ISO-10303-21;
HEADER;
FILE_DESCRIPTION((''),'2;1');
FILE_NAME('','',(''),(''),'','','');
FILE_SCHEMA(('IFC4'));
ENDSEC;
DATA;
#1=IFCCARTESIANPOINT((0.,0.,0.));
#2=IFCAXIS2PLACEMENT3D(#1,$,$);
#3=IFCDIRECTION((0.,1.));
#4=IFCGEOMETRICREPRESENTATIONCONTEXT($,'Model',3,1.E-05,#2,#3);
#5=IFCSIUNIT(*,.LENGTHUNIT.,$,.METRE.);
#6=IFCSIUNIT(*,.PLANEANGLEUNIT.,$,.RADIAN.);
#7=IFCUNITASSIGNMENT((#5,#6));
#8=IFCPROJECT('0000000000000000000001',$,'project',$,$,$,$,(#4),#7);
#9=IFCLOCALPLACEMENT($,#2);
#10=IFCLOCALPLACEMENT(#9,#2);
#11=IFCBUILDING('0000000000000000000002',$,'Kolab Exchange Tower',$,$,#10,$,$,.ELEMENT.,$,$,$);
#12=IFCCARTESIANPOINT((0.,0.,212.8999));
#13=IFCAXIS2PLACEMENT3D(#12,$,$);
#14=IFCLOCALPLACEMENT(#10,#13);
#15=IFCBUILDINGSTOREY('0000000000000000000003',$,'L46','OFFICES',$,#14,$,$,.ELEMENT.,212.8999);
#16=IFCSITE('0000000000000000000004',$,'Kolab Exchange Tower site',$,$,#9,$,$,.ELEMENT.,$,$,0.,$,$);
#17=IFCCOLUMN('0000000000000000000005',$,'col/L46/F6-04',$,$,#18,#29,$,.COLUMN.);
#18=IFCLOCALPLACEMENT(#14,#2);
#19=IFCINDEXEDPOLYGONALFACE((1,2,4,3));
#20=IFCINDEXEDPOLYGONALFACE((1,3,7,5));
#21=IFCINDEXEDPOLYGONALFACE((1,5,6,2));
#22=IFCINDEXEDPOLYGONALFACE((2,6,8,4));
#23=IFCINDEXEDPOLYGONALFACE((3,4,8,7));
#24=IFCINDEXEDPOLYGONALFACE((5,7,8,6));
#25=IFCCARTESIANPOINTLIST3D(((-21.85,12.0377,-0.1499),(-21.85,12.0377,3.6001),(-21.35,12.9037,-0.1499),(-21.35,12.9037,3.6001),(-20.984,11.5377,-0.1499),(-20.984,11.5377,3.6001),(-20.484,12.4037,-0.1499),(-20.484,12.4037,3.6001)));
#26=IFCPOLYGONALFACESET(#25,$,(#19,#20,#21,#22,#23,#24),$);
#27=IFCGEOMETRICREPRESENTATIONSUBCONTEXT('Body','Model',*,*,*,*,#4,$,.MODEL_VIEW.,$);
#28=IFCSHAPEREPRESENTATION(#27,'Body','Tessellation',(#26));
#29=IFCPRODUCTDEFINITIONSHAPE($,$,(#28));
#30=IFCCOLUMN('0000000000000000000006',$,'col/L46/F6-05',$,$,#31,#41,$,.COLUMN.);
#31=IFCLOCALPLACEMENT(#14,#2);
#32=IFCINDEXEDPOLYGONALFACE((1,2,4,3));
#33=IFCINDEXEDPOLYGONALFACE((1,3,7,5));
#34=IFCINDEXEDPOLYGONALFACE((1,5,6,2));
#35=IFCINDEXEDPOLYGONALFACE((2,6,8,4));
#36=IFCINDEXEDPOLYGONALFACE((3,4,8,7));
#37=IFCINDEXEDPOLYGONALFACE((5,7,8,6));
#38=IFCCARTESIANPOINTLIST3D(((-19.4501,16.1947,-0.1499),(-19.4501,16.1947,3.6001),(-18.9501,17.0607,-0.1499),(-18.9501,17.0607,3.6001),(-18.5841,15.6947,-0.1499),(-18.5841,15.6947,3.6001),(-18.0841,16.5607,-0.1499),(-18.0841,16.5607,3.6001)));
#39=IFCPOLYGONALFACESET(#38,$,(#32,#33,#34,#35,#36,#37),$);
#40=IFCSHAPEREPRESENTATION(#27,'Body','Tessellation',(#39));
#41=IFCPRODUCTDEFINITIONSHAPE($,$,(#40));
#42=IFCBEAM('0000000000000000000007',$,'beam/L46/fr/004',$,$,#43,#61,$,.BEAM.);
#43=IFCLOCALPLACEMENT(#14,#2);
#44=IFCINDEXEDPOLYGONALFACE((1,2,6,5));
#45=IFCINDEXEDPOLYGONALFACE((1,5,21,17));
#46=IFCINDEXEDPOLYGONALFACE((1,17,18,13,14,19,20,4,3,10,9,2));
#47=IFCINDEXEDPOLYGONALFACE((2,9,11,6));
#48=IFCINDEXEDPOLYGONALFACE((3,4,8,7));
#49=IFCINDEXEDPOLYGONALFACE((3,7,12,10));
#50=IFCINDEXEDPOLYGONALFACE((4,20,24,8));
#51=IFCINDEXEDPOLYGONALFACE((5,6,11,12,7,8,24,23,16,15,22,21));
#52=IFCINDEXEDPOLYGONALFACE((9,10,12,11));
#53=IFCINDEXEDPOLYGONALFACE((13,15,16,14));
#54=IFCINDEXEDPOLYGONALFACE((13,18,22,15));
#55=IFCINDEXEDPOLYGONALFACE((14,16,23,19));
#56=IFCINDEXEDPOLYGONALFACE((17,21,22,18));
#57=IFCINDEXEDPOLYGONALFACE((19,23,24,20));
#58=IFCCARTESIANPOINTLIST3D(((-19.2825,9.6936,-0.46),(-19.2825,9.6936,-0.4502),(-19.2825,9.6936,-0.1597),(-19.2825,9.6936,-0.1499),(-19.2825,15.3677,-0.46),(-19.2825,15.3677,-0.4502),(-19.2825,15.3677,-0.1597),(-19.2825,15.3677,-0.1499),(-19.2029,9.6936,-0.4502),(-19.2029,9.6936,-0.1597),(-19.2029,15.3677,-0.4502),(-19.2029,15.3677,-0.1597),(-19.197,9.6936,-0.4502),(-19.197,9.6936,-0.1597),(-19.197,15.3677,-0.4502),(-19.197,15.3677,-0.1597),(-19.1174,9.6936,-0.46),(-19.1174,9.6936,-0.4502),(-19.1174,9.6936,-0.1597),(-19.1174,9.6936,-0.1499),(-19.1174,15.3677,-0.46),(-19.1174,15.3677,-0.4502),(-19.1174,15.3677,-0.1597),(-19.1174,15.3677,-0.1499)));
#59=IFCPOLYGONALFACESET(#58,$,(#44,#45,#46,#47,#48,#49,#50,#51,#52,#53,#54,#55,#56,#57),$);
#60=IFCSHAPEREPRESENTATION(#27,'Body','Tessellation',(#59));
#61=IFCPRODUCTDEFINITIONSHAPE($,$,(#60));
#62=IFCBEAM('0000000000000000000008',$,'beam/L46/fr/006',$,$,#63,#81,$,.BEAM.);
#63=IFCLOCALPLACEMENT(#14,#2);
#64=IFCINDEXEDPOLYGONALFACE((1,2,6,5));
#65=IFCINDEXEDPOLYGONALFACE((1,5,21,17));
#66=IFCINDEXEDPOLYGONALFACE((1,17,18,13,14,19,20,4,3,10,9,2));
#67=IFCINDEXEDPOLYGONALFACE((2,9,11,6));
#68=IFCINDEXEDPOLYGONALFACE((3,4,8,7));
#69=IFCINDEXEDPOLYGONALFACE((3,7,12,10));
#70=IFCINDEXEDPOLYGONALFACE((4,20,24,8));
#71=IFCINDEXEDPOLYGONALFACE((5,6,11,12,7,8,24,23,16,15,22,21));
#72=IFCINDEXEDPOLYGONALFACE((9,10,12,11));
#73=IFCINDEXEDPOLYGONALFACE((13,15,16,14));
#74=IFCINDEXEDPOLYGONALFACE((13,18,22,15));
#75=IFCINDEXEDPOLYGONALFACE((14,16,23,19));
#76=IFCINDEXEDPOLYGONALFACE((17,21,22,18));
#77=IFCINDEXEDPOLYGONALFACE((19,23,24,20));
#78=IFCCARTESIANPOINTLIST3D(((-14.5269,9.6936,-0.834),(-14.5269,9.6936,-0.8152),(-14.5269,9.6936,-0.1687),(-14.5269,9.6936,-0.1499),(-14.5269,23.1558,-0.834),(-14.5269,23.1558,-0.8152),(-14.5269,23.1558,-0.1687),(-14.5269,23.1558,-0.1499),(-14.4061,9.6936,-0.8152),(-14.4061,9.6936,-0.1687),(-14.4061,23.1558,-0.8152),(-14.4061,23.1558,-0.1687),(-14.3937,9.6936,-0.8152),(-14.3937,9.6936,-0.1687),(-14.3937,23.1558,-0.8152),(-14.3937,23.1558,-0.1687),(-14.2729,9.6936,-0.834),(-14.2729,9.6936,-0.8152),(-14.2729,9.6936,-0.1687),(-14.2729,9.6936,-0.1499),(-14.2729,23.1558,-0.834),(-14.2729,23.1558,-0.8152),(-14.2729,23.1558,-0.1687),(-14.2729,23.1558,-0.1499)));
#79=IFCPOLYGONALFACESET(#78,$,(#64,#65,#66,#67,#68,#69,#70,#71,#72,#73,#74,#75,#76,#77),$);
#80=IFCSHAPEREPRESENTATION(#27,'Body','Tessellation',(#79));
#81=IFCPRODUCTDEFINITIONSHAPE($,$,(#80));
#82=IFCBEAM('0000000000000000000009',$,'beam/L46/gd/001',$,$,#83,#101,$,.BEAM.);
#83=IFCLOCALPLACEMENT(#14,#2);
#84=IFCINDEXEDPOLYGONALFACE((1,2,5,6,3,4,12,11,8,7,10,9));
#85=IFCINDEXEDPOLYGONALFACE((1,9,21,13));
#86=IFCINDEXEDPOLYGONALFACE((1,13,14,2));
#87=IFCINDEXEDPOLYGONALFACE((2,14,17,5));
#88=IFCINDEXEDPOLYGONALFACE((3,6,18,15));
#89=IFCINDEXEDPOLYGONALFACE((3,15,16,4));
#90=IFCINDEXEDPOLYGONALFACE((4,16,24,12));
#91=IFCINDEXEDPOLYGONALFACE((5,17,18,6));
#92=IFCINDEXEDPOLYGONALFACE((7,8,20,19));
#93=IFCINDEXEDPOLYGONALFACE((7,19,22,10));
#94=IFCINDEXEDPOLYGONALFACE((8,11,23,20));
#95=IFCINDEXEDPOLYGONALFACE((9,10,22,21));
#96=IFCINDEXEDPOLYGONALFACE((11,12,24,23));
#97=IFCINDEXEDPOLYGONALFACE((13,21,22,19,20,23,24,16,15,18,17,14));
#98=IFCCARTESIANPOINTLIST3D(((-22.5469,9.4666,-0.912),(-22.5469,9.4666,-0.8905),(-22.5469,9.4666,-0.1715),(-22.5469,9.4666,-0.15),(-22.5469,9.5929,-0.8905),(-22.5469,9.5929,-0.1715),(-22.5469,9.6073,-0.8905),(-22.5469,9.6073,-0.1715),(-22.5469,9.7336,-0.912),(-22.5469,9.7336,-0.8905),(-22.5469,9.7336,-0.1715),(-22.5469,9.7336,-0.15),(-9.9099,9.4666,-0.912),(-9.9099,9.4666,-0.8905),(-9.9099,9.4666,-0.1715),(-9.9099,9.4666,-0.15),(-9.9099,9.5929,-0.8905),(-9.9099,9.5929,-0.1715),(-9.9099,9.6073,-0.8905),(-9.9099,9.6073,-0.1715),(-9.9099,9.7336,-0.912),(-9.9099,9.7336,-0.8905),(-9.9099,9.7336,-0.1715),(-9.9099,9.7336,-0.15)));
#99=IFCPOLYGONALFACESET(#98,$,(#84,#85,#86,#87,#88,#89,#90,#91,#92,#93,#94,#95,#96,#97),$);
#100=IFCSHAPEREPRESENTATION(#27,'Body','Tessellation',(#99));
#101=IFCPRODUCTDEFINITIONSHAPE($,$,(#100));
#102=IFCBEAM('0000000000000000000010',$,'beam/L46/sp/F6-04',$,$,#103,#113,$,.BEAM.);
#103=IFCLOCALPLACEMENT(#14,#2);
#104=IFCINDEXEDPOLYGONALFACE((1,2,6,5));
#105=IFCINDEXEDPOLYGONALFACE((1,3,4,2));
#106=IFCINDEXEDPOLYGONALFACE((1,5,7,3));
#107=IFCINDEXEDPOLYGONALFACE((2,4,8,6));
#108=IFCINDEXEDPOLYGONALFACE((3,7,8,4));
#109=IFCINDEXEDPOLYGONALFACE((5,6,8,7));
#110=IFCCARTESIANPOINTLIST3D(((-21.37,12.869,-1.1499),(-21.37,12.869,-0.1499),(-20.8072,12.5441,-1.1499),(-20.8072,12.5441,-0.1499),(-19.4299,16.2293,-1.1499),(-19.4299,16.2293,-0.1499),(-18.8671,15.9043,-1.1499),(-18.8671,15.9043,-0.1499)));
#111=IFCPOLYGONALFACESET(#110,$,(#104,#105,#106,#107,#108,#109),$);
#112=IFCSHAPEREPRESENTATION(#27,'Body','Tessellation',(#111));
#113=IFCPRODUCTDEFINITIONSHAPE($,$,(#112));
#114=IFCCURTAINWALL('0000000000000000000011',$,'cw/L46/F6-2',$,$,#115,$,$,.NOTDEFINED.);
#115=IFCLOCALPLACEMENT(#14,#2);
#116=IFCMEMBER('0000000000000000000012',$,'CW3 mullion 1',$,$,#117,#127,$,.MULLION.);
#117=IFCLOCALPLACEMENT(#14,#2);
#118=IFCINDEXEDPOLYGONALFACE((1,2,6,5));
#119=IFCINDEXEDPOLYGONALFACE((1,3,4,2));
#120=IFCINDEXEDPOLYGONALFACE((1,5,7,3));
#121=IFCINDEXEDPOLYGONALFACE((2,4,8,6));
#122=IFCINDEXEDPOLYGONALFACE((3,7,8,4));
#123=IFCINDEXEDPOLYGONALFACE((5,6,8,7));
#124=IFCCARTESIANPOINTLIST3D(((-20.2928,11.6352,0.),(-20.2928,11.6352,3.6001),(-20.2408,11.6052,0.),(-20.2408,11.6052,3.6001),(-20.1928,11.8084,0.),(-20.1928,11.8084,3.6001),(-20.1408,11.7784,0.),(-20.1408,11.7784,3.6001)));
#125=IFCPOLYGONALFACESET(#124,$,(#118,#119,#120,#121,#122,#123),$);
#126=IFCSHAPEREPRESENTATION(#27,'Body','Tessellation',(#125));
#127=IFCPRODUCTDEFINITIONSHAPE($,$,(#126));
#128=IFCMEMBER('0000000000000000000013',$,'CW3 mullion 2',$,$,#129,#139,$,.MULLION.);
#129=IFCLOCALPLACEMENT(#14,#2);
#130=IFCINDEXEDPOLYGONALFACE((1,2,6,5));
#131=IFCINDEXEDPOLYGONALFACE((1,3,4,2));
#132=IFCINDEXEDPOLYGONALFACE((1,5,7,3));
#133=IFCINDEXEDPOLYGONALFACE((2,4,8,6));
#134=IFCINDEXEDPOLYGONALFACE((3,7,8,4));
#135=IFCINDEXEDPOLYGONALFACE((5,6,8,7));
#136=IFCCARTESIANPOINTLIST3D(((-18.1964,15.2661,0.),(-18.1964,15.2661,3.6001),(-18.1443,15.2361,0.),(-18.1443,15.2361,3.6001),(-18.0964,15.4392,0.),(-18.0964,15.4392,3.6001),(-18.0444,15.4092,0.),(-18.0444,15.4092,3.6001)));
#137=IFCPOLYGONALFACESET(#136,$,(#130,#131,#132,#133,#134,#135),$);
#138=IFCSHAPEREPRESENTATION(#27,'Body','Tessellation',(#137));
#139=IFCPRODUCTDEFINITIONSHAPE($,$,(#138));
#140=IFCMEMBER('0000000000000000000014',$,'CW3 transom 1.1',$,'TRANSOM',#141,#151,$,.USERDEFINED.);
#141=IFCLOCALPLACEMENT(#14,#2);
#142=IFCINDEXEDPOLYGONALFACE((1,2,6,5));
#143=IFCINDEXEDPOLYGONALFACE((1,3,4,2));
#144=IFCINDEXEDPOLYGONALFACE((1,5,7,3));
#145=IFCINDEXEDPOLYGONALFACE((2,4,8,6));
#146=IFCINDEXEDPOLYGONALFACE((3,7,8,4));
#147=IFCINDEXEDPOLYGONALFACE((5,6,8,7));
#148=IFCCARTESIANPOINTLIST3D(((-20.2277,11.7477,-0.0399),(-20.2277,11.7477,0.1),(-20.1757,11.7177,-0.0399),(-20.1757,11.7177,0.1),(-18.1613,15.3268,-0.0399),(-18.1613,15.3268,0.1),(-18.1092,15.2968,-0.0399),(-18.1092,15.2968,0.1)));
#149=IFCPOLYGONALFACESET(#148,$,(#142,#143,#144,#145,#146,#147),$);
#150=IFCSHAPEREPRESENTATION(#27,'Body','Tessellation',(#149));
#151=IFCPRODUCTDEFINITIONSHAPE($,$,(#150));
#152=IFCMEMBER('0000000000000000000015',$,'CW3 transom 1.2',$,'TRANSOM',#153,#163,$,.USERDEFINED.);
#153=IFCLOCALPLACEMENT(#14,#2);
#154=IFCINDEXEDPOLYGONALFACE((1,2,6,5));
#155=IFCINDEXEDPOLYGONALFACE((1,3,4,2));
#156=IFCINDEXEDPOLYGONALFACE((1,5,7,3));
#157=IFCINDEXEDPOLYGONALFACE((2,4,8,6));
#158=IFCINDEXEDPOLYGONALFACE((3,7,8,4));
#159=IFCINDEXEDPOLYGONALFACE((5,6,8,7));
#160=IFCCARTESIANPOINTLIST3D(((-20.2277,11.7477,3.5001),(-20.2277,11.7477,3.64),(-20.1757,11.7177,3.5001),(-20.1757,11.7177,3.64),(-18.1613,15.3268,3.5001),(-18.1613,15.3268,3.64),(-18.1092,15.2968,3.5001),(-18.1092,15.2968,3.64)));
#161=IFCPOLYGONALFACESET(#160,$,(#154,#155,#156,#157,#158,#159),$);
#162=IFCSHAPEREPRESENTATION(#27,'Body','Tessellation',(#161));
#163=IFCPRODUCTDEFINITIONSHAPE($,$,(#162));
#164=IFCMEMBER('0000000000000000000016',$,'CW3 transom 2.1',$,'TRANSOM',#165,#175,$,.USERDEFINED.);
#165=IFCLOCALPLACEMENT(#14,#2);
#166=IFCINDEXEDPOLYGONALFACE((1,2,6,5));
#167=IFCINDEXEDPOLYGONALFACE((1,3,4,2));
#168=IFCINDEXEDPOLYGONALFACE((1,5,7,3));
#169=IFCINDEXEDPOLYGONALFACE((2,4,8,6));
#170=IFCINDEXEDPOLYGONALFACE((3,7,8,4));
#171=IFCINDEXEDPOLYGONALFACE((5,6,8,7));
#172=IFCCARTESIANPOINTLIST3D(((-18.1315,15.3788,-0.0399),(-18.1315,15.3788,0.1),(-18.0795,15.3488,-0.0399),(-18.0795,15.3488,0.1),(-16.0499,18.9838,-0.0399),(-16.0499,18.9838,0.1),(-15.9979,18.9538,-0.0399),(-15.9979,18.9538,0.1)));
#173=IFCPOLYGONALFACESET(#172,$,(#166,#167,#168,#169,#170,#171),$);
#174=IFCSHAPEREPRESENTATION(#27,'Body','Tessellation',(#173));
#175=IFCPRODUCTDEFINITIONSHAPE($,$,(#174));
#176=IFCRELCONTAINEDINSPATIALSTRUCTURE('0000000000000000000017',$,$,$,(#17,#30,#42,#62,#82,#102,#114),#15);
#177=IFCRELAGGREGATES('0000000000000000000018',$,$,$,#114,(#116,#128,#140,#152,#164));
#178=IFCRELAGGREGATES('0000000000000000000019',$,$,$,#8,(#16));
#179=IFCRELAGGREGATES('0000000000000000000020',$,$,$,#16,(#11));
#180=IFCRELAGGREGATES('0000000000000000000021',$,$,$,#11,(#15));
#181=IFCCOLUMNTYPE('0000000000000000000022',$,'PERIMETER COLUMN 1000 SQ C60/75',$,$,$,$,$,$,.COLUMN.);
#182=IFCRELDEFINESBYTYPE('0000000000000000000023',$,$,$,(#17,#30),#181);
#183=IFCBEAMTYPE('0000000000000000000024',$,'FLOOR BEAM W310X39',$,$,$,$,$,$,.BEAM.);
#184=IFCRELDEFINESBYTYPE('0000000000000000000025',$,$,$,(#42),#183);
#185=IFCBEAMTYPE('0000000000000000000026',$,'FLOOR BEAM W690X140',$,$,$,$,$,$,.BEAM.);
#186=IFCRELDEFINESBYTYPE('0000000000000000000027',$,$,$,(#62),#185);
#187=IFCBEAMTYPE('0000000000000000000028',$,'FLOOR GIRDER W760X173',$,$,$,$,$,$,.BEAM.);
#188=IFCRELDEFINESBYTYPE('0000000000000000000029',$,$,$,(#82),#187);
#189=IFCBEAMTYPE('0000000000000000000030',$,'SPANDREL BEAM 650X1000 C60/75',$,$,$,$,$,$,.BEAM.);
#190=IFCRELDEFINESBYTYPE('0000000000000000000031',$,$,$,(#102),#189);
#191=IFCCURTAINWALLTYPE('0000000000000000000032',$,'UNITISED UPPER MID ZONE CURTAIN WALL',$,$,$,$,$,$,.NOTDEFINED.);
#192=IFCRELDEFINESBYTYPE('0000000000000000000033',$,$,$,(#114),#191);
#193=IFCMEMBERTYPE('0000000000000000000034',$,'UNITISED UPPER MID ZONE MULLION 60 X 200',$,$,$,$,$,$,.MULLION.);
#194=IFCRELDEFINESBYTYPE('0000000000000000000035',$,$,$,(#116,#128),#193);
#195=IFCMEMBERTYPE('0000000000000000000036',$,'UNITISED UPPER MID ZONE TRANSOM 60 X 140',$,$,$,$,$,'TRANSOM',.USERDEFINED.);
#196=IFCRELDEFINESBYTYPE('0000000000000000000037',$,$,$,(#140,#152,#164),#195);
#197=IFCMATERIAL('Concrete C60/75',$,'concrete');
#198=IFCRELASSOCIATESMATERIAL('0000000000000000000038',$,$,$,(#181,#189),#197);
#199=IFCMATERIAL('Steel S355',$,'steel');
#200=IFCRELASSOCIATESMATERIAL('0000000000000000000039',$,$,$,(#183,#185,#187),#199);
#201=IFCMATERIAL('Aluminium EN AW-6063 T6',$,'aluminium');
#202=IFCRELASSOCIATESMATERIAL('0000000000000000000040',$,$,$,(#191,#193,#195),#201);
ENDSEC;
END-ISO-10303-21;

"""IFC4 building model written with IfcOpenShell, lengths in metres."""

from ifc_helpers import new_model, si_unit, direction, frame, origin, origin_2d, place, context, subcontext, project, spatial, rectangle, i_section, extrude, material, material_profile, profile_set, type_object, element, aggregate, save


model = new_model("IFC4")

# Units and contexts
model_context = context("Model", 3, precision=1e-05, world=origin(), true_north=direction((0.0, 1.0)))
body_context = subcontext(model_context, "Body", "Model", "MODEL_VIEW")
ifc_project = project(units=[si_unit("LENGTHUNIT", "METRE"), si_unit("PLANEANGLEUNIT", "RADIAN")], contexts=[model_context])

# Site, building, storey
site_placement = place(None, origin())
site = spatial("IfcSite", under=ifc_project, at=site_placement, Name="Kolab Exchange Tower site", CompositionType="ELEMENT", RefElevation=0.0)
building_placement = place(site_placement, origin())
building = spatial("IfcBuilding", under=site, at=building_placement, Name="Kolab Exchange Tower", CompositionType="ELEMENT")
storey_placement = place(building_placement, frame((0.0, 0.0, 212.8999)))
storey = spatial("IfcBuildingStorey", under=building, at=storey_placement, Name="L46", Description="OFFICES", CompositionType="ELEMENT", Elevation=212.8999)

# Columns
ifc_material_1 = material(Name="Concrete C60/75", Category="concrete")
ifc_material_profile_1 = material_profile(ifc_material_1, rectangle(XDim=1.0, YDim=1.0, at=origin_2d()), Name="RC1000")
ifc_profile_set_1 = profile_set([ifc_material_profile_1], Name="Concrete C60/75")
column_type = type_object("IfcColumnType", Name="PERIMETER COLUMN 1000 SQ C60/75", PredefinedType="COLUMN", material=ifc_profile_set_1)
for number, where, z_axis, x_axis, name in (
    (1, (-21.167, 12.2207, -0.1499), (0.0, 0.0, 1.0), (0.5, 0.866025, 0.0), "col/L46/F6-04"),
    (2, (-18.7671, 16.3777, -0.1499), (0.0, 0.0, 1.0), (0.5, 0.866025, 0.0), "col/L46/F6-05"),
):
    element("IfcColumn", number, at=place(storey_placement, frame(where, z_axis=z_axis, x_axis=x_axis)), inside=storey, type_object=column_type, Name=name, PredefinedType="COLUMN", context=body_context, shape_type="SweptSolid", body=[
        extrude(rectangle(XDim=1.0, YDim=1.0, at=origin_2d()), origin(), (0.0, 0.0, 1.0), 3.75),
    ])

# Beams
ifc_material_2 = material(Name="Steel S355", Category="steel")
ifc_material_profile_2 = material_profile(ifc_material_2, i_section(OverallWidth=0.165, OverallDepth=0.3101, WebThickness=0.0059, FlangeThickness=0.0098, at=origin_2d()), Name="W310X39")
ifc_profile_set_2 = profile_set([ifc_material_profile_2], Name="Steel S355")
beam_type_1 = type_object("IfcBeamType", Name="FLOOR BEAM W310X39", PredefinedType="BEAM", material=ifc_profile_set_2)
beam_1_placement = place(storey_placement, frame((-19.2, 9.6936, -0.3049), z_axis=(0.0, 1.0, 0.0), x_axis=(-1.0, 0.0, 0.0)))
element("IfcBeam", 3, at=beam_1_placement, inside=storey, type_object=beam_type_1, Name="beam/L46/fr/004", PredefinedType="BEAM", context=body_context, shape_type="SweptSolid", body=[
    extrude(i_section(OverallWidth=0.165, OverallDepth=0.3101, WebThickness=0.0059, FlangeThickness=0.0098, at=origin_2d()), origin(), (0.0, 0.0, 1.0), 5.6741),
])
ifc_material_profile_3 = material_profile(ifc_material_2, i_section(OverallWidth=0.2539, OverallDepth=0.6841, WebThickness=0.0125, FlangeThickness=0.0188, at=origin_2d()), Name="W690X140")
ifc_profile_set_3 = profile_set([ifc_material_profile_3], Name="Steel S355")
beam_type_2 = type_object("IfcBeamType", Name="FLOOR BEAM W690X140", PredefinedType="BEAM", material=ifc_profile_set_3)
beam_2_placement = place(storey_placement, frame((-14.3999, 9.6936, -0.4919), z_axis=(0.0, 1.0, 0.0), x_axis=(-1.0, 0.0, 0.0)))
element("IfcBeam", 4, at=beam_2_placement, inside=storey, type_object=beam_type_2, Name="beam/L46/fr/006", PredefinedType="BEAM", context=body_context, shape_type="SweptSolid", body=[
    extrude(i_section(OverallWidth=0.2539, OverallDepth=0.6841, WebThickness=0.0125, FlangeThickness=0.0188, at=origin_2d()), origin(), (0.0, 0.0, 1.0), 13.4622),
])
ifc_material_profile_4 = material_profile(ifc_material_2, i_section(OverallWidth=0.2671, OverallDepth=0.762, WebThickness=0.0144, FlangeThickness=0.0215, at=origin_2d()), Name="W760X173")
ifc_profile_set_4 = profile_set([ifc_material_profile_4], Name="Steel S355")
beam_type_3 = type_object("IfcBeamType", Name="FLOOR GIRDER W760X173", PredefinedType="BEAM", material=ifc_profile_set_4)
beam_3_placement = place(storey_placement, frame((-22.5469, 9.6001, -0.531), z_axis=(1.0, 0.0, 0.0), x_axis=(0.0, 1.0, 0.0)))
element("IfcBeam", 5, at=beam_3_placement, inside=storey, type_object=beam_type_3, Name="beam/L46/gd/001", PredefinedType="BEAM", context=body_context, shape_type="SweptSolid", body=[
    extrude(i_section(OverallWidth=0.2671, OverallDepth=0.762, WebThickness=0.0144, FlangeThickness=0.0215, at=origin_2d()), origin(), (0.0, 0.0, 1.0), 12.637),
])
ifc_material_profile_5 = material_profile(ifc_material_1, rectangle(XDim=0.6499, YDim=1.0, at=origin_2d()), Name="RC650X1000")
ifc_profile_set_5 = profile_set([ifc_material_profile_5], Name="Concrete C60/75")
beam_type_4 = type_object("IfcBeamType", Name="SPANDREL BEAM 650X1000 C60/75", PredefinedType="BEAM", material=ifc_profile_set_5)
beam_4_placement = place(storey_placement, frame((-21.0886, 12.7065, -0.6499), z_axis=(0.500017, 0.866016, 0.0), x_axis=(-0.866016, 0.500017, 0.0)))
element("IfcBeam", 6, at=beam_4_placement, inside=storey, type_object=beam_type_4, Name="beam/L46/sp/F6-04", PredefinedType="BEAM", context=body_context, shape_type="SweptSolid", body=[
    extrude(rectangle(XDim=0.6499, YDim=1.0, at=origin_2d()), origin(), (0.0, 0.0, 1.0), 3.8801),
])

# Curtain wall, members
ifc_material_3 = material(Name="Aluminium EN AW-6063 T6", Category="aluminium")
curtain_wall_type = type_object("IfcCurtainWallType", Name="UNITISED UPPER MID ZONE CURTAIN WALL", PredefinedType="NOTDEFINED", material=ifc_material_3)
curtain_wall_placement = place(storey_placement, origin())
curtain_wall = element("IfcCurtainWall", 7, at=curtain_wall_placement, inside=storey, type_object=curtain_wall_type, Name="cw/L46/F6-2", PredefinedType="NOTDEFINED")
ifc_material_profile_6 = material_profile(ifc_material_3, rectangle(XDim=0.0601, YDim=0.2, at=origin_2d()), Name="RECT 60X200")
ifc_profile_set_6 = profile_set([ifc_material_profile_6], Name="Aluminium EN AW-6063 T6")
member_type_1 = type_object("IfcMemberType", Name="UNITISED UPPER MID ZONE MULLION 60 X 200", PredefinedType="MULLION", material=ifc_profile_set_6)
member_1_placement = place(storey_placement, frame((-20.2168, 11.7068, 0.0), z_axis=(0.0, 0.0, 1.0), x_axis=(-0.866025, 0.5, 0.0)))
member_1 = element("IfcMember", 8, at=member_1_placement, type_object=member_type_1, Name="CW3 mullion 1", PredefinedType="MULLION", context=body_context, shape_type="SweptSolid", body=[
    extrude(rectangle(XDim=0.0601, YDim=0.2, at=origin_2d()), origin(), (0.0, 0.0, 1.0), 3.6001),
])
member_2_placement = place(storey_placement, frame((-18.1204, 15.3376, 0.0), z_axis=(0.0, 0.0, 1.0), x_axis=(-0.866025, 0.5, 0.0)))
member_2 = element("IfcMember", 9, at=member_2_placement, type_object=member_type_1, Name="CW3 mullion 2", PredefinedType="MULLION", context=body_context, shape_type="SweptSolid", body=[
    extrude(rectangle(XDim=0.0601, YDim=0.2, at=origin_2d()), origin(), (0.0, 0.0, 1.0), 3.6001),
])
ifc_material_profile_7 = material_profile(ifc_material_3, rectangle(XDim=0.0601, YDim=0.1399, at=origin_2d()), Name="RECT 60X140")
ifc_profile_set_7 = profile_set([ifc_material_profile_7], Name="Aluminium EN AW-6063 T6")
member_type_2 = type_object("IfcMemberType", Name="UNITISED UPPER MID ZONE TRANSOM 60 X 140", ElementType="TRANSOM", PredefinedType="USERDEFINED", material=ifc_profile_set_7)
member_3_placement = place(storey_placement, frame((-20.2017, 11.7327, 0.03), z_axis=(0.500002, 0.866024, 0.0), x_axis=(-0.866024, 0.500002, 0.0)))
member_3 = element("IfcMember", 10, at=member_3_placement, type_object=member_type_2, Name="CW3 transom 1.1", ObjectType="TRANSOM", PredefinedType="USERDEFINED", context=body_context, shape_type="SweptSolid", body=[
    extrude(rectangle(XDim=0.0601, YDim=0.1399, at=origin_2d()), origin(), (0.0, 0.0, 1.0), 4.1328),
])
member_4_placement = place(storey_placement, frame((-20.2017, 11.7327, 3.5701), z_axis=(0.500002, 0.866024, 0.0), x_axis=(-0.866024, 0.500002, 0.0)))
member_4 = element("IfcMember", 11, at=member_4_placement, type_object=member_type_2, Name="CW3 transom 1.2", ObjectType="TRANSOM", PredefinedType="USERDEFINED", context=body_context, shape_type="SweptSolid", body=[
    extrude(rectangle(XDim=0.0601, YDim=0.1399, at=origin_2d()), origin(), (0.0, 0.0, 1.0), 4.1328),
])
member_5_placement = place(storey_placement, frame((-18.1055, 15.3638, 0.03), z_axis=(0.500037, 0.866004, 0.0), x_axis=(-0.866004, 0.500037, 0.0)))
member_5 = element("IfcMember", 12, at=member_5_placement, type_object=member_type_2, Name="CW3 transom 2.1", ObjectType="TRANSOM", PredefinedType="USERDEFINED", context=body_context, shape_type="SweptSolid", body=[
    extrude(rectangle(XDim=0.0601, YDim=0.1399, at=origin_2d()), origin(), (0.0, 0.0, 1.0), 4.1628),
])
aggregate(curtain_wall, [member_1, member_2, member_3, member_4, member_5])

save(model, "model.ifc")
